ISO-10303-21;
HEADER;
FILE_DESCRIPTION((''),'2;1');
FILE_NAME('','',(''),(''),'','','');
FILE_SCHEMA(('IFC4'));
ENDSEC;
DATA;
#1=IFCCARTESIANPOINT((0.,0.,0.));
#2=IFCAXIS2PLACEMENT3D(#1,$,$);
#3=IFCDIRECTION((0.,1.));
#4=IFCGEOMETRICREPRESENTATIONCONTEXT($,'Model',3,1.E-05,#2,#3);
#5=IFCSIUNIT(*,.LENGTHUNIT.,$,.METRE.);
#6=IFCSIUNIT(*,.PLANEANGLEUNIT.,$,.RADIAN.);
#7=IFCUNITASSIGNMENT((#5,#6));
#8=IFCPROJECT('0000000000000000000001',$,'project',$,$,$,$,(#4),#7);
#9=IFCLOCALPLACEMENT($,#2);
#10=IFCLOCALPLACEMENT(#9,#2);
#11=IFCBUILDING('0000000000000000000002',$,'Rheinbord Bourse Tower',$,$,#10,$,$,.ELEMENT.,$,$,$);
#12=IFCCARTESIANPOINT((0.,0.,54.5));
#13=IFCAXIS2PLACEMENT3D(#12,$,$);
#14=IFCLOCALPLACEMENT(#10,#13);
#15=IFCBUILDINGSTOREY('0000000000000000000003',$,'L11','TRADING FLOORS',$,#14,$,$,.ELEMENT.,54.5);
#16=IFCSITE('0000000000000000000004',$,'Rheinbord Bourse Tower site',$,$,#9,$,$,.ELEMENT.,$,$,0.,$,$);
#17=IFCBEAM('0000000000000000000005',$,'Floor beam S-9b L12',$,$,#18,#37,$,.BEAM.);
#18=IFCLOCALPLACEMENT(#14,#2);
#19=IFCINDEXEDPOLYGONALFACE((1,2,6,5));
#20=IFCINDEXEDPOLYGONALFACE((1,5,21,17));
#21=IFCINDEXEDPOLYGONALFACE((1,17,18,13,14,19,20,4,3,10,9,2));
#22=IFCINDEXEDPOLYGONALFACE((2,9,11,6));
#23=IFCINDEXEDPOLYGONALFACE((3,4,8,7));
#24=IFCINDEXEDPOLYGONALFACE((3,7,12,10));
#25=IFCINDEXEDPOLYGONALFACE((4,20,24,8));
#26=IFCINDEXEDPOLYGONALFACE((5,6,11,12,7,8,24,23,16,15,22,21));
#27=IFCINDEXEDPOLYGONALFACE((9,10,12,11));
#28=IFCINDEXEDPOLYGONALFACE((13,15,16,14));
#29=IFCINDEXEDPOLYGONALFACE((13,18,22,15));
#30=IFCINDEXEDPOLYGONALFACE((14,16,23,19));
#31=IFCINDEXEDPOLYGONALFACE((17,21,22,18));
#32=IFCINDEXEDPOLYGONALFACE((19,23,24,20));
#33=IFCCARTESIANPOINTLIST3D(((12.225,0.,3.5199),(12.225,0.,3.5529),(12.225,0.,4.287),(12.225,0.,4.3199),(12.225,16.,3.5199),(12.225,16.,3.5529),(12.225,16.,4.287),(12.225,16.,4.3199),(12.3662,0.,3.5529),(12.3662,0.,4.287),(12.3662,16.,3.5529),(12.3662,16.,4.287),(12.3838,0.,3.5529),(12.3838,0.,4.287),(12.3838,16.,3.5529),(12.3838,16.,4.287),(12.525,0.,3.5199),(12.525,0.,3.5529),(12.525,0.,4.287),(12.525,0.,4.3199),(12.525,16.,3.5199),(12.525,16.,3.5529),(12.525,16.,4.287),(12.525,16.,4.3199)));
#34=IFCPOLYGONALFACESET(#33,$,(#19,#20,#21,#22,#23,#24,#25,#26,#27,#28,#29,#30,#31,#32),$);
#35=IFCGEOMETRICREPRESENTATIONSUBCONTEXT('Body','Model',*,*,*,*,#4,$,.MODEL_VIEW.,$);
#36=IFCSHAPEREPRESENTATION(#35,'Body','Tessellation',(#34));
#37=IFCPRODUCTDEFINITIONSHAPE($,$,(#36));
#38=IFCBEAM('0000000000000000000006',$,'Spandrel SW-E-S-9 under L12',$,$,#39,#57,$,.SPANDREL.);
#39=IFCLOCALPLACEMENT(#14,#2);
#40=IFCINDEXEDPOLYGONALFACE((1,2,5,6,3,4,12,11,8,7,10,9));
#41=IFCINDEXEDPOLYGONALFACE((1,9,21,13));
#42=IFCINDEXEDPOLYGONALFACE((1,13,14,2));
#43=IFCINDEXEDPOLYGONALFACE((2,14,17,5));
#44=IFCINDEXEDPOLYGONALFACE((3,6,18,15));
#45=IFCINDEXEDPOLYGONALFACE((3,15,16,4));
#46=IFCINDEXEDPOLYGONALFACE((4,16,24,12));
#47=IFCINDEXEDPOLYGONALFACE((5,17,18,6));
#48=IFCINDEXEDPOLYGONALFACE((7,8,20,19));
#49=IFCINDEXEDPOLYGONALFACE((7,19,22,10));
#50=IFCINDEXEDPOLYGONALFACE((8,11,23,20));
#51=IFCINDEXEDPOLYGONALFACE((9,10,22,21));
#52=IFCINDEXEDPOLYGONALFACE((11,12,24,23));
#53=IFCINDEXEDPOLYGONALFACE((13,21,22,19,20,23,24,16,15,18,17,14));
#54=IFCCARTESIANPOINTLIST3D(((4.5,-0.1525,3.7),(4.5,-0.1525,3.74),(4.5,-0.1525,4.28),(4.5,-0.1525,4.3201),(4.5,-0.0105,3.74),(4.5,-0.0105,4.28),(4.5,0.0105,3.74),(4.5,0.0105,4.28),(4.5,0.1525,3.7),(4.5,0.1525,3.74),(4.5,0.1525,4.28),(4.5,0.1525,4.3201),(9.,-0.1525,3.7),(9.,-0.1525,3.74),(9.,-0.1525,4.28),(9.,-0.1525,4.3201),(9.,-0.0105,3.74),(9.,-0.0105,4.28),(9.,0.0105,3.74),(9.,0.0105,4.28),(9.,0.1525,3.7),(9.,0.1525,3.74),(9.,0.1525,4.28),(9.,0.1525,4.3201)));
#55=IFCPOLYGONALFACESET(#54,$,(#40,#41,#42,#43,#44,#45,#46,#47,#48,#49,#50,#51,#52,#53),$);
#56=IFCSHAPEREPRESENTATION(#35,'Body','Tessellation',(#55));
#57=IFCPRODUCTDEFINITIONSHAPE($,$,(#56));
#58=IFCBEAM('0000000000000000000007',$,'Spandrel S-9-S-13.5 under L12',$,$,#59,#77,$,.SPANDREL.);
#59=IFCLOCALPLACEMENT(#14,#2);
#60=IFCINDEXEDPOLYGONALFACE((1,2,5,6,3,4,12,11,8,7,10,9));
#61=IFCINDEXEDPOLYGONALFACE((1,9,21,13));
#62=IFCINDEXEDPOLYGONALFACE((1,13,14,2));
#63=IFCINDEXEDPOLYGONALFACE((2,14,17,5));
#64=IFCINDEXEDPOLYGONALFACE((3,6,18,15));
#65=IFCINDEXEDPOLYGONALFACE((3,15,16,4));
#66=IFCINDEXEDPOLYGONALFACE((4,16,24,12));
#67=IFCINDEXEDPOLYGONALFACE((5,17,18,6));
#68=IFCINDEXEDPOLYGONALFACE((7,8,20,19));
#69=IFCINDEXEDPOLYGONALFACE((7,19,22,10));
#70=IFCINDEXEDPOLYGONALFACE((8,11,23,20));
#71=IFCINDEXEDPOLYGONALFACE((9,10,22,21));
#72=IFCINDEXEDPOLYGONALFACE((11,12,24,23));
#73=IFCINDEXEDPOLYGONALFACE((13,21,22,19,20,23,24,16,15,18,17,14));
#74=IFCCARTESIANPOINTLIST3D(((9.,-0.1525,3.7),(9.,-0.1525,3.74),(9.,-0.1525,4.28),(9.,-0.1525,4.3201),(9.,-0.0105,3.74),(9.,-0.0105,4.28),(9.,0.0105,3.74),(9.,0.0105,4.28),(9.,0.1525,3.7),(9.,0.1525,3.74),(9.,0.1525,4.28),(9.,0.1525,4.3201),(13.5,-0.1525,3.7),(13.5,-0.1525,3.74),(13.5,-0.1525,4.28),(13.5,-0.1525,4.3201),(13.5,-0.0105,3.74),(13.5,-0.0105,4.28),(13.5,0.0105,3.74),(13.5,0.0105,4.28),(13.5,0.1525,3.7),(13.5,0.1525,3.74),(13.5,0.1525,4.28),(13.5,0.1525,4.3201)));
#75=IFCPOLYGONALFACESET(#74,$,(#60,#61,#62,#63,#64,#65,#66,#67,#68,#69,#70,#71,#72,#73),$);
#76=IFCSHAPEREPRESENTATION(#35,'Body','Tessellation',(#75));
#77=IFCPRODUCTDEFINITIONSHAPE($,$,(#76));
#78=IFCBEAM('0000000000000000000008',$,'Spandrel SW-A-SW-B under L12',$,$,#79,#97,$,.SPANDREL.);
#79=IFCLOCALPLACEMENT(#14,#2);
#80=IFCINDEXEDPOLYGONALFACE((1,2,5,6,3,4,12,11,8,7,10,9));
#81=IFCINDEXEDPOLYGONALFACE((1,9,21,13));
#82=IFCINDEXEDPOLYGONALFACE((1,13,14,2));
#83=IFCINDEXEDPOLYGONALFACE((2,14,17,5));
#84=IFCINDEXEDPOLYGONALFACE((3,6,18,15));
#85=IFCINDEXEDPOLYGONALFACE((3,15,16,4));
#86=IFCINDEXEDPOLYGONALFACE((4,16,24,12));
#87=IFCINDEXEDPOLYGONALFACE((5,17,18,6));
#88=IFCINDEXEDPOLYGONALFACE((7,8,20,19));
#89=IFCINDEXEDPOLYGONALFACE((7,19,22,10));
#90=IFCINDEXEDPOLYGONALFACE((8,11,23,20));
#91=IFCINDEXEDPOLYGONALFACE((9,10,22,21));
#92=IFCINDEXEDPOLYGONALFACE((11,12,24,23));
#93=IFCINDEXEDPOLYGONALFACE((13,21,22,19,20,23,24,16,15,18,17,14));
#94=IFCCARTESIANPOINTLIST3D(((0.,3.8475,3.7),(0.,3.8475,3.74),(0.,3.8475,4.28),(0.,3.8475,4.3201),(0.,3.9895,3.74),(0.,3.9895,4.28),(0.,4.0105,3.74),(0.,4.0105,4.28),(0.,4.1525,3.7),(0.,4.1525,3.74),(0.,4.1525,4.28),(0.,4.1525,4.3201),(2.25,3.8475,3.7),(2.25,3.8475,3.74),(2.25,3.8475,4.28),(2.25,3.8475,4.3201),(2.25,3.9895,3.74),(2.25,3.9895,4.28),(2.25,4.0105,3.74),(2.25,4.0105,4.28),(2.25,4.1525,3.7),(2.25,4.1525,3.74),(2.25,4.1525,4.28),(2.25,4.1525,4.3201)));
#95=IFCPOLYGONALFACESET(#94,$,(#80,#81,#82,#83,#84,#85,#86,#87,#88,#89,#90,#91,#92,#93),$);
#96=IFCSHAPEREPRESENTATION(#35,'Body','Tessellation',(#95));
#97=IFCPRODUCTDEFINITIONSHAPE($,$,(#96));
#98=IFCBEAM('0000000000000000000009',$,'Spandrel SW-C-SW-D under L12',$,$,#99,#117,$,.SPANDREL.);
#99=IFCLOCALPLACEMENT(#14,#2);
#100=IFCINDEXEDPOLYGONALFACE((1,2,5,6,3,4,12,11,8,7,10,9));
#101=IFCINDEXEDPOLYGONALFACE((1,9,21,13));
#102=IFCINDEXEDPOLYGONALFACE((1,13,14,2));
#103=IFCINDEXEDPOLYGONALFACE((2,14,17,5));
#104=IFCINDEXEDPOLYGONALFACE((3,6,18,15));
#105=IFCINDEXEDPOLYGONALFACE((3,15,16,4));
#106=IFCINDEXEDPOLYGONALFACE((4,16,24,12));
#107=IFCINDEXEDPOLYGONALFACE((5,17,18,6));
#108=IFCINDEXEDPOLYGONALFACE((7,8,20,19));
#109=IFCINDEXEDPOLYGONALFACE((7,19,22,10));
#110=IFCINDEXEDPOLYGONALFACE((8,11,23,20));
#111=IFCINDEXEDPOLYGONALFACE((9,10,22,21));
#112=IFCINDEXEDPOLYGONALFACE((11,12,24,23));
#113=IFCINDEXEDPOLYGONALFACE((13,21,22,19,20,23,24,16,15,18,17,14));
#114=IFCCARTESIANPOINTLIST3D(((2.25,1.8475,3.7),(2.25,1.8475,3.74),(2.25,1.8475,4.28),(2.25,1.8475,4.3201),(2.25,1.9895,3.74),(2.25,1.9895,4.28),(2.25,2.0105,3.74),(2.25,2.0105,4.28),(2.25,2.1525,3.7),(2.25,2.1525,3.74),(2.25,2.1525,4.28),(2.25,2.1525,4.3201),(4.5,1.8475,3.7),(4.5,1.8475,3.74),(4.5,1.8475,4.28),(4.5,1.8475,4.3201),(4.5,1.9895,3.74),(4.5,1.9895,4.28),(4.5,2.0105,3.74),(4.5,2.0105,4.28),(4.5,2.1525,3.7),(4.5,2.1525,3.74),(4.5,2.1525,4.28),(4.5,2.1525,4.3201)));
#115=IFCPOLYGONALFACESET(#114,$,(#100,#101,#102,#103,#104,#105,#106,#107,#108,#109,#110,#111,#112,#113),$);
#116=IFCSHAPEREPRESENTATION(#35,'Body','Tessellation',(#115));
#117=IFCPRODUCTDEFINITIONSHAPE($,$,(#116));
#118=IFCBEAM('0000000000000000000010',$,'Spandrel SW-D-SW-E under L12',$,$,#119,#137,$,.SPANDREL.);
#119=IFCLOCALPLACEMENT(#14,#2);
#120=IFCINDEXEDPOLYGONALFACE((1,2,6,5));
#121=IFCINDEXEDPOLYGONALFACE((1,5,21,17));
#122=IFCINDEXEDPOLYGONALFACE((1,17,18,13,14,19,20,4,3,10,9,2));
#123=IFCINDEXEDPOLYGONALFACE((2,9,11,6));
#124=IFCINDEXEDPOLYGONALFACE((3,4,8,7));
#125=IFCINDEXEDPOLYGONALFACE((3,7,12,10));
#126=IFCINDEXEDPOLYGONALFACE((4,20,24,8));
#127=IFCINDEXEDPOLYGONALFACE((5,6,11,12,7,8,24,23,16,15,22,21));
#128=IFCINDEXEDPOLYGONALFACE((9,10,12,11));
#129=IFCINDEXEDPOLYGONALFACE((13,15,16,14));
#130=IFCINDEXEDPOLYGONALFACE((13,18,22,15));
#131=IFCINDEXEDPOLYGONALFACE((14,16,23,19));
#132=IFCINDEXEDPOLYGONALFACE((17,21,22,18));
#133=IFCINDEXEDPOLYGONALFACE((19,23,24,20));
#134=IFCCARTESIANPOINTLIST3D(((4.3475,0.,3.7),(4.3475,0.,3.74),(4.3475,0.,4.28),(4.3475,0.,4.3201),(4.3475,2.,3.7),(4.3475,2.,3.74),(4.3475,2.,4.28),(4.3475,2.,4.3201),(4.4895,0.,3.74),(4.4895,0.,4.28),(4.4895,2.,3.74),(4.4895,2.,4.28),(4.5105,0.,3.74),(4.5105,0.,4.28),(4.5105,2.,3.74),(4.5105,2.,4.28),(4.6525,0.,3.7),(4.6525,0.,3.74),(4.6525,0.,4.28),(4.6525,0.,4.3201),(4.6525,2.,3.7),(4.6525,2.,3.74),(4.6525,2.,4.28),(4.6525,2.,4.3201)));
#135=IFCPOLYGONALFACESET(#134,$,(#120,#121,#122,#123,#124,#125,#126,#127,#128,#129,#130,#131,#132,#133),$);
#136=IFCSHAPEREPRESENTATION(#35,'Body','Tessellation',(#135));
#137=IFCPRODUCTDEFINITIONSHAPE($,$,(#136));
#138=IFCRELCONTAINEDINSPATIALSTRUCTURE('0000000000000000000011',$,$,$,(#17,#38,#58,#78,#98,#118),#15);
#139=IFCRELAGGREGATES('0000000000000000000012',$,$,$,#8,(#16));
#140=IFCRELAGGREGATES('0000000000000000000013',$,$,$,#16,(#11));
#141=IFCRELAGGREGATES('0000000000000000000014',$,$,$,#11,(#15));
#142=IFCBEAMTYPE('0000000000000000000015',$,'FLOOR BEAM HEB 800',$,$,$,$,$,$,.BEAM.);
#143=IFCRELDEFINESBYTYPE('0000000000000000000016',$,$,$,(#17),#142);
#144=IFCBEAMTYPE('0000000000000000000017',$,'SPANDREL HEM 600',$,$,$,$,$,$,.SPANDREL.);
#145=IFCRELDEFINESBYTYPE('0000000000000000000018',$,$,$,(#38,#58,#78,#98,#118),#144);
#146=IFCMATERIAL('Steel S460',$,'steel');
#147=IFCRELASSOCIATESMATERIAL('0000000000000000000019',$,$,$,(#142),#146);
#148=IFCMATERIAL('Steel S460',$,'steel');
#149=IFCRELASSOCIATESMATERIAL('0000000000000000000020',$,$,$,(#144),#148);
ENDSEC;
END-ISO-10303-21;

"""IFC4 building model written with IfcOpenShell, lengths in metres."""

from ifc_helpers import new_model, si_unit, direction, frame, origin, origin_2d, place, context, subcontext, project, spatial, i_section, extrude, material, material_profile, profile_set, type_object, element, save


model = new_model("IFC4")

# Units and contexts
model_context = context("Model", 3, precision=1e-05, world=origin(), true_north=direction((0.0, 1.0)))
body_context = subcontext(model_context, "Body", "Model", "MODEL_VIEW")
ifc_project = project(units=[si_unit("LENGTHUNIT", "METRE"), si_unit("PLANEANGLEUNIT", "RADIAN")], contexts=[model_context])

# Site, building, storey
site_placement = place(None, origin())
site = spatial("IfcSite", under=ifc_project, at=site_placement, Name="Rheinbord Bourse Tower site", CompositionType="ELEMENT", RefElevation=0.0)
building_placement = place(site_placement, origin())
building = spatial("IfcBuilding", under=site, at=building_placement, Name="Rheinbord Bourse Tower", CompositionType="ELEMENT")
storey_placement = place(building_placement, frame((0.0, 0.0, 54.5)))
storey = spatial("IfcBuildingStorey", under=building, at=storey_placement, Name="L11", Description="TRADING FLOORS", CompositionType="ELEMENT", Elevation=54.5)

# Beams
ifc_material_1 = material(Name="Steel S460", Category="steel")
ifc_material_profile_1 = material_profile(ifc_material_1, i_section(OverallWidth=0.3, OverallDepth=0.8, WebThickness=0.0176, FlangeThickness=0.033, at=origin_2d()), Name="HEB 800")
ifc_profile_set_1 = profile_set([ifc_material_profile_1], Name="Steel S460")
beam_type_1 = type_object("IfcBeamType", Name="FLOOR BEAM HEB 800", PredefinedType="BEAM", material=ifc_profile_set_1)
for number, where, z_axis, x_axis, name in (
    (1, (12.375, 0.0, 3.9199), (0.0, 1.0, 0.0), (-1.0, 0.0, 0.0), "Floor beam S-9b L12"),
):
    element("IfcBeam", number, at=place(storey_placement, frame(where, z_axis=z_axis, x_axis=x_axis)), inside=storey, type_object=beam_type_1, Name=name, PredefinedType="BEAM", context=body_context, shape_type="SweptSolid", body=[
        extrude(i_section(OverallWidth=0.3, OverallDepth=0.8, WebThickness=0.0176, FlangeThickness=0.033, at=origin_2d()), origin(), (0.0, 0.0, 1.0), 16.0),
    ])
ifc_material_2 = material(Name="Steel S460", Category="steel")
ifc_material_profile_2 = material_profile(ifc_material_2, i_section(OverallWidth=0.3049, OverallDepth=0.6201, WebThickness=0.021, FlangeThickness=0.04, at=origin_2d()), Name="HEM 600")
ifc_profile_set_2 = profile_set([ifc_material_profile_2], Name="Steel S460")
beam_type_2 = type_object("IfcBeamType", Name="SPANDREL HEM 600", PredefinedType="SPANDREL", material=ifc_profile_set_2)
for number, where, z_axis, x_axis, name in (
    (2, (4.5, 0.0, 4.01), (1.0, 0.0, 0.0), (0.0, 1.0, 0.0), "Spandrel SW-E-S-9 under L12"),
    (3, (9.0, 0.0, 4.01), (1.0, 0.0, 0.0), (0.0, 1.0, 0.0), "Spandrel S-9-S-13.5 under L12"),
):
    element("IfcBeam", number, at=place(storey_placement, frame(where, z_axis=z_axis, x_axis=x_axis)), inside=storey, type_object=beam_type_2, Name=name, PredefinedType="SPANDREL", context=body_context, shape_type="SweptSolid", body=[
        extrude(i_section(OverallWidth=0.3049, OverallDepth=0.6201, WebThickness=0.021, FlangeThickness=0.04, at=origin_2d()), origin(), (0.0, 0.0, 1.0), 4.5),
    ])
for number, where, z_axis, x_axis, name in (
    (4, (0.0, 4.0, 4.01), (1.0, 0.0, 0.0), (0.0, 1.0, 0.0), "Spandrel SW-A-SW-B under L12"),
    (5, (2.25, 2.0, 4.01), (1.0, 0.0, 0.0), (0.0, 1.0, 0.0), "Spandrel SW-C-SW-D under L12"),
):
    element("IfcBeam", number, at=place(storey_placement, frame(where, z_axis=z_axis, x_axis=x_axis)), inside=storey, type_object=beam_type_2, Name=name, PredefinedType="SPANDREL", context=body_context, shape_type="SweptSolid", body=[
        extrude(i_section(OverallWidth=0.3049, OverallDepth=0.6201, WebThickness=0.021, FlangeThickness=0.04, at=origin_2d()), origin(), (0.0, 0.0, 1.0), 2.25),
    ])
beam_placement = place(storey_placement, frame((4.5, 2.0, 4.01), z_axis=(0.0, -1.0, 0.0), x_axis=(1.0, 0.0, 0.0)))
element("IfcBeam", 6, at=beam_placement, inside=storey, type_object=beam_type_2, Name="Spandrel SW-D-SW-E under L12", PredefinedType="SPANDREL", context=body_context, shape_type="SweptSolid", body=[
    extrude(i_section(OverallWidth=0.3049, OverallDepth=0.6201, WebThickness=0.021, FlangeThickness=0.04, at=origin_2d()), origin(), (0.0, 0.0, 1.0), 2.0),
])

save(model, "model.ifc")
